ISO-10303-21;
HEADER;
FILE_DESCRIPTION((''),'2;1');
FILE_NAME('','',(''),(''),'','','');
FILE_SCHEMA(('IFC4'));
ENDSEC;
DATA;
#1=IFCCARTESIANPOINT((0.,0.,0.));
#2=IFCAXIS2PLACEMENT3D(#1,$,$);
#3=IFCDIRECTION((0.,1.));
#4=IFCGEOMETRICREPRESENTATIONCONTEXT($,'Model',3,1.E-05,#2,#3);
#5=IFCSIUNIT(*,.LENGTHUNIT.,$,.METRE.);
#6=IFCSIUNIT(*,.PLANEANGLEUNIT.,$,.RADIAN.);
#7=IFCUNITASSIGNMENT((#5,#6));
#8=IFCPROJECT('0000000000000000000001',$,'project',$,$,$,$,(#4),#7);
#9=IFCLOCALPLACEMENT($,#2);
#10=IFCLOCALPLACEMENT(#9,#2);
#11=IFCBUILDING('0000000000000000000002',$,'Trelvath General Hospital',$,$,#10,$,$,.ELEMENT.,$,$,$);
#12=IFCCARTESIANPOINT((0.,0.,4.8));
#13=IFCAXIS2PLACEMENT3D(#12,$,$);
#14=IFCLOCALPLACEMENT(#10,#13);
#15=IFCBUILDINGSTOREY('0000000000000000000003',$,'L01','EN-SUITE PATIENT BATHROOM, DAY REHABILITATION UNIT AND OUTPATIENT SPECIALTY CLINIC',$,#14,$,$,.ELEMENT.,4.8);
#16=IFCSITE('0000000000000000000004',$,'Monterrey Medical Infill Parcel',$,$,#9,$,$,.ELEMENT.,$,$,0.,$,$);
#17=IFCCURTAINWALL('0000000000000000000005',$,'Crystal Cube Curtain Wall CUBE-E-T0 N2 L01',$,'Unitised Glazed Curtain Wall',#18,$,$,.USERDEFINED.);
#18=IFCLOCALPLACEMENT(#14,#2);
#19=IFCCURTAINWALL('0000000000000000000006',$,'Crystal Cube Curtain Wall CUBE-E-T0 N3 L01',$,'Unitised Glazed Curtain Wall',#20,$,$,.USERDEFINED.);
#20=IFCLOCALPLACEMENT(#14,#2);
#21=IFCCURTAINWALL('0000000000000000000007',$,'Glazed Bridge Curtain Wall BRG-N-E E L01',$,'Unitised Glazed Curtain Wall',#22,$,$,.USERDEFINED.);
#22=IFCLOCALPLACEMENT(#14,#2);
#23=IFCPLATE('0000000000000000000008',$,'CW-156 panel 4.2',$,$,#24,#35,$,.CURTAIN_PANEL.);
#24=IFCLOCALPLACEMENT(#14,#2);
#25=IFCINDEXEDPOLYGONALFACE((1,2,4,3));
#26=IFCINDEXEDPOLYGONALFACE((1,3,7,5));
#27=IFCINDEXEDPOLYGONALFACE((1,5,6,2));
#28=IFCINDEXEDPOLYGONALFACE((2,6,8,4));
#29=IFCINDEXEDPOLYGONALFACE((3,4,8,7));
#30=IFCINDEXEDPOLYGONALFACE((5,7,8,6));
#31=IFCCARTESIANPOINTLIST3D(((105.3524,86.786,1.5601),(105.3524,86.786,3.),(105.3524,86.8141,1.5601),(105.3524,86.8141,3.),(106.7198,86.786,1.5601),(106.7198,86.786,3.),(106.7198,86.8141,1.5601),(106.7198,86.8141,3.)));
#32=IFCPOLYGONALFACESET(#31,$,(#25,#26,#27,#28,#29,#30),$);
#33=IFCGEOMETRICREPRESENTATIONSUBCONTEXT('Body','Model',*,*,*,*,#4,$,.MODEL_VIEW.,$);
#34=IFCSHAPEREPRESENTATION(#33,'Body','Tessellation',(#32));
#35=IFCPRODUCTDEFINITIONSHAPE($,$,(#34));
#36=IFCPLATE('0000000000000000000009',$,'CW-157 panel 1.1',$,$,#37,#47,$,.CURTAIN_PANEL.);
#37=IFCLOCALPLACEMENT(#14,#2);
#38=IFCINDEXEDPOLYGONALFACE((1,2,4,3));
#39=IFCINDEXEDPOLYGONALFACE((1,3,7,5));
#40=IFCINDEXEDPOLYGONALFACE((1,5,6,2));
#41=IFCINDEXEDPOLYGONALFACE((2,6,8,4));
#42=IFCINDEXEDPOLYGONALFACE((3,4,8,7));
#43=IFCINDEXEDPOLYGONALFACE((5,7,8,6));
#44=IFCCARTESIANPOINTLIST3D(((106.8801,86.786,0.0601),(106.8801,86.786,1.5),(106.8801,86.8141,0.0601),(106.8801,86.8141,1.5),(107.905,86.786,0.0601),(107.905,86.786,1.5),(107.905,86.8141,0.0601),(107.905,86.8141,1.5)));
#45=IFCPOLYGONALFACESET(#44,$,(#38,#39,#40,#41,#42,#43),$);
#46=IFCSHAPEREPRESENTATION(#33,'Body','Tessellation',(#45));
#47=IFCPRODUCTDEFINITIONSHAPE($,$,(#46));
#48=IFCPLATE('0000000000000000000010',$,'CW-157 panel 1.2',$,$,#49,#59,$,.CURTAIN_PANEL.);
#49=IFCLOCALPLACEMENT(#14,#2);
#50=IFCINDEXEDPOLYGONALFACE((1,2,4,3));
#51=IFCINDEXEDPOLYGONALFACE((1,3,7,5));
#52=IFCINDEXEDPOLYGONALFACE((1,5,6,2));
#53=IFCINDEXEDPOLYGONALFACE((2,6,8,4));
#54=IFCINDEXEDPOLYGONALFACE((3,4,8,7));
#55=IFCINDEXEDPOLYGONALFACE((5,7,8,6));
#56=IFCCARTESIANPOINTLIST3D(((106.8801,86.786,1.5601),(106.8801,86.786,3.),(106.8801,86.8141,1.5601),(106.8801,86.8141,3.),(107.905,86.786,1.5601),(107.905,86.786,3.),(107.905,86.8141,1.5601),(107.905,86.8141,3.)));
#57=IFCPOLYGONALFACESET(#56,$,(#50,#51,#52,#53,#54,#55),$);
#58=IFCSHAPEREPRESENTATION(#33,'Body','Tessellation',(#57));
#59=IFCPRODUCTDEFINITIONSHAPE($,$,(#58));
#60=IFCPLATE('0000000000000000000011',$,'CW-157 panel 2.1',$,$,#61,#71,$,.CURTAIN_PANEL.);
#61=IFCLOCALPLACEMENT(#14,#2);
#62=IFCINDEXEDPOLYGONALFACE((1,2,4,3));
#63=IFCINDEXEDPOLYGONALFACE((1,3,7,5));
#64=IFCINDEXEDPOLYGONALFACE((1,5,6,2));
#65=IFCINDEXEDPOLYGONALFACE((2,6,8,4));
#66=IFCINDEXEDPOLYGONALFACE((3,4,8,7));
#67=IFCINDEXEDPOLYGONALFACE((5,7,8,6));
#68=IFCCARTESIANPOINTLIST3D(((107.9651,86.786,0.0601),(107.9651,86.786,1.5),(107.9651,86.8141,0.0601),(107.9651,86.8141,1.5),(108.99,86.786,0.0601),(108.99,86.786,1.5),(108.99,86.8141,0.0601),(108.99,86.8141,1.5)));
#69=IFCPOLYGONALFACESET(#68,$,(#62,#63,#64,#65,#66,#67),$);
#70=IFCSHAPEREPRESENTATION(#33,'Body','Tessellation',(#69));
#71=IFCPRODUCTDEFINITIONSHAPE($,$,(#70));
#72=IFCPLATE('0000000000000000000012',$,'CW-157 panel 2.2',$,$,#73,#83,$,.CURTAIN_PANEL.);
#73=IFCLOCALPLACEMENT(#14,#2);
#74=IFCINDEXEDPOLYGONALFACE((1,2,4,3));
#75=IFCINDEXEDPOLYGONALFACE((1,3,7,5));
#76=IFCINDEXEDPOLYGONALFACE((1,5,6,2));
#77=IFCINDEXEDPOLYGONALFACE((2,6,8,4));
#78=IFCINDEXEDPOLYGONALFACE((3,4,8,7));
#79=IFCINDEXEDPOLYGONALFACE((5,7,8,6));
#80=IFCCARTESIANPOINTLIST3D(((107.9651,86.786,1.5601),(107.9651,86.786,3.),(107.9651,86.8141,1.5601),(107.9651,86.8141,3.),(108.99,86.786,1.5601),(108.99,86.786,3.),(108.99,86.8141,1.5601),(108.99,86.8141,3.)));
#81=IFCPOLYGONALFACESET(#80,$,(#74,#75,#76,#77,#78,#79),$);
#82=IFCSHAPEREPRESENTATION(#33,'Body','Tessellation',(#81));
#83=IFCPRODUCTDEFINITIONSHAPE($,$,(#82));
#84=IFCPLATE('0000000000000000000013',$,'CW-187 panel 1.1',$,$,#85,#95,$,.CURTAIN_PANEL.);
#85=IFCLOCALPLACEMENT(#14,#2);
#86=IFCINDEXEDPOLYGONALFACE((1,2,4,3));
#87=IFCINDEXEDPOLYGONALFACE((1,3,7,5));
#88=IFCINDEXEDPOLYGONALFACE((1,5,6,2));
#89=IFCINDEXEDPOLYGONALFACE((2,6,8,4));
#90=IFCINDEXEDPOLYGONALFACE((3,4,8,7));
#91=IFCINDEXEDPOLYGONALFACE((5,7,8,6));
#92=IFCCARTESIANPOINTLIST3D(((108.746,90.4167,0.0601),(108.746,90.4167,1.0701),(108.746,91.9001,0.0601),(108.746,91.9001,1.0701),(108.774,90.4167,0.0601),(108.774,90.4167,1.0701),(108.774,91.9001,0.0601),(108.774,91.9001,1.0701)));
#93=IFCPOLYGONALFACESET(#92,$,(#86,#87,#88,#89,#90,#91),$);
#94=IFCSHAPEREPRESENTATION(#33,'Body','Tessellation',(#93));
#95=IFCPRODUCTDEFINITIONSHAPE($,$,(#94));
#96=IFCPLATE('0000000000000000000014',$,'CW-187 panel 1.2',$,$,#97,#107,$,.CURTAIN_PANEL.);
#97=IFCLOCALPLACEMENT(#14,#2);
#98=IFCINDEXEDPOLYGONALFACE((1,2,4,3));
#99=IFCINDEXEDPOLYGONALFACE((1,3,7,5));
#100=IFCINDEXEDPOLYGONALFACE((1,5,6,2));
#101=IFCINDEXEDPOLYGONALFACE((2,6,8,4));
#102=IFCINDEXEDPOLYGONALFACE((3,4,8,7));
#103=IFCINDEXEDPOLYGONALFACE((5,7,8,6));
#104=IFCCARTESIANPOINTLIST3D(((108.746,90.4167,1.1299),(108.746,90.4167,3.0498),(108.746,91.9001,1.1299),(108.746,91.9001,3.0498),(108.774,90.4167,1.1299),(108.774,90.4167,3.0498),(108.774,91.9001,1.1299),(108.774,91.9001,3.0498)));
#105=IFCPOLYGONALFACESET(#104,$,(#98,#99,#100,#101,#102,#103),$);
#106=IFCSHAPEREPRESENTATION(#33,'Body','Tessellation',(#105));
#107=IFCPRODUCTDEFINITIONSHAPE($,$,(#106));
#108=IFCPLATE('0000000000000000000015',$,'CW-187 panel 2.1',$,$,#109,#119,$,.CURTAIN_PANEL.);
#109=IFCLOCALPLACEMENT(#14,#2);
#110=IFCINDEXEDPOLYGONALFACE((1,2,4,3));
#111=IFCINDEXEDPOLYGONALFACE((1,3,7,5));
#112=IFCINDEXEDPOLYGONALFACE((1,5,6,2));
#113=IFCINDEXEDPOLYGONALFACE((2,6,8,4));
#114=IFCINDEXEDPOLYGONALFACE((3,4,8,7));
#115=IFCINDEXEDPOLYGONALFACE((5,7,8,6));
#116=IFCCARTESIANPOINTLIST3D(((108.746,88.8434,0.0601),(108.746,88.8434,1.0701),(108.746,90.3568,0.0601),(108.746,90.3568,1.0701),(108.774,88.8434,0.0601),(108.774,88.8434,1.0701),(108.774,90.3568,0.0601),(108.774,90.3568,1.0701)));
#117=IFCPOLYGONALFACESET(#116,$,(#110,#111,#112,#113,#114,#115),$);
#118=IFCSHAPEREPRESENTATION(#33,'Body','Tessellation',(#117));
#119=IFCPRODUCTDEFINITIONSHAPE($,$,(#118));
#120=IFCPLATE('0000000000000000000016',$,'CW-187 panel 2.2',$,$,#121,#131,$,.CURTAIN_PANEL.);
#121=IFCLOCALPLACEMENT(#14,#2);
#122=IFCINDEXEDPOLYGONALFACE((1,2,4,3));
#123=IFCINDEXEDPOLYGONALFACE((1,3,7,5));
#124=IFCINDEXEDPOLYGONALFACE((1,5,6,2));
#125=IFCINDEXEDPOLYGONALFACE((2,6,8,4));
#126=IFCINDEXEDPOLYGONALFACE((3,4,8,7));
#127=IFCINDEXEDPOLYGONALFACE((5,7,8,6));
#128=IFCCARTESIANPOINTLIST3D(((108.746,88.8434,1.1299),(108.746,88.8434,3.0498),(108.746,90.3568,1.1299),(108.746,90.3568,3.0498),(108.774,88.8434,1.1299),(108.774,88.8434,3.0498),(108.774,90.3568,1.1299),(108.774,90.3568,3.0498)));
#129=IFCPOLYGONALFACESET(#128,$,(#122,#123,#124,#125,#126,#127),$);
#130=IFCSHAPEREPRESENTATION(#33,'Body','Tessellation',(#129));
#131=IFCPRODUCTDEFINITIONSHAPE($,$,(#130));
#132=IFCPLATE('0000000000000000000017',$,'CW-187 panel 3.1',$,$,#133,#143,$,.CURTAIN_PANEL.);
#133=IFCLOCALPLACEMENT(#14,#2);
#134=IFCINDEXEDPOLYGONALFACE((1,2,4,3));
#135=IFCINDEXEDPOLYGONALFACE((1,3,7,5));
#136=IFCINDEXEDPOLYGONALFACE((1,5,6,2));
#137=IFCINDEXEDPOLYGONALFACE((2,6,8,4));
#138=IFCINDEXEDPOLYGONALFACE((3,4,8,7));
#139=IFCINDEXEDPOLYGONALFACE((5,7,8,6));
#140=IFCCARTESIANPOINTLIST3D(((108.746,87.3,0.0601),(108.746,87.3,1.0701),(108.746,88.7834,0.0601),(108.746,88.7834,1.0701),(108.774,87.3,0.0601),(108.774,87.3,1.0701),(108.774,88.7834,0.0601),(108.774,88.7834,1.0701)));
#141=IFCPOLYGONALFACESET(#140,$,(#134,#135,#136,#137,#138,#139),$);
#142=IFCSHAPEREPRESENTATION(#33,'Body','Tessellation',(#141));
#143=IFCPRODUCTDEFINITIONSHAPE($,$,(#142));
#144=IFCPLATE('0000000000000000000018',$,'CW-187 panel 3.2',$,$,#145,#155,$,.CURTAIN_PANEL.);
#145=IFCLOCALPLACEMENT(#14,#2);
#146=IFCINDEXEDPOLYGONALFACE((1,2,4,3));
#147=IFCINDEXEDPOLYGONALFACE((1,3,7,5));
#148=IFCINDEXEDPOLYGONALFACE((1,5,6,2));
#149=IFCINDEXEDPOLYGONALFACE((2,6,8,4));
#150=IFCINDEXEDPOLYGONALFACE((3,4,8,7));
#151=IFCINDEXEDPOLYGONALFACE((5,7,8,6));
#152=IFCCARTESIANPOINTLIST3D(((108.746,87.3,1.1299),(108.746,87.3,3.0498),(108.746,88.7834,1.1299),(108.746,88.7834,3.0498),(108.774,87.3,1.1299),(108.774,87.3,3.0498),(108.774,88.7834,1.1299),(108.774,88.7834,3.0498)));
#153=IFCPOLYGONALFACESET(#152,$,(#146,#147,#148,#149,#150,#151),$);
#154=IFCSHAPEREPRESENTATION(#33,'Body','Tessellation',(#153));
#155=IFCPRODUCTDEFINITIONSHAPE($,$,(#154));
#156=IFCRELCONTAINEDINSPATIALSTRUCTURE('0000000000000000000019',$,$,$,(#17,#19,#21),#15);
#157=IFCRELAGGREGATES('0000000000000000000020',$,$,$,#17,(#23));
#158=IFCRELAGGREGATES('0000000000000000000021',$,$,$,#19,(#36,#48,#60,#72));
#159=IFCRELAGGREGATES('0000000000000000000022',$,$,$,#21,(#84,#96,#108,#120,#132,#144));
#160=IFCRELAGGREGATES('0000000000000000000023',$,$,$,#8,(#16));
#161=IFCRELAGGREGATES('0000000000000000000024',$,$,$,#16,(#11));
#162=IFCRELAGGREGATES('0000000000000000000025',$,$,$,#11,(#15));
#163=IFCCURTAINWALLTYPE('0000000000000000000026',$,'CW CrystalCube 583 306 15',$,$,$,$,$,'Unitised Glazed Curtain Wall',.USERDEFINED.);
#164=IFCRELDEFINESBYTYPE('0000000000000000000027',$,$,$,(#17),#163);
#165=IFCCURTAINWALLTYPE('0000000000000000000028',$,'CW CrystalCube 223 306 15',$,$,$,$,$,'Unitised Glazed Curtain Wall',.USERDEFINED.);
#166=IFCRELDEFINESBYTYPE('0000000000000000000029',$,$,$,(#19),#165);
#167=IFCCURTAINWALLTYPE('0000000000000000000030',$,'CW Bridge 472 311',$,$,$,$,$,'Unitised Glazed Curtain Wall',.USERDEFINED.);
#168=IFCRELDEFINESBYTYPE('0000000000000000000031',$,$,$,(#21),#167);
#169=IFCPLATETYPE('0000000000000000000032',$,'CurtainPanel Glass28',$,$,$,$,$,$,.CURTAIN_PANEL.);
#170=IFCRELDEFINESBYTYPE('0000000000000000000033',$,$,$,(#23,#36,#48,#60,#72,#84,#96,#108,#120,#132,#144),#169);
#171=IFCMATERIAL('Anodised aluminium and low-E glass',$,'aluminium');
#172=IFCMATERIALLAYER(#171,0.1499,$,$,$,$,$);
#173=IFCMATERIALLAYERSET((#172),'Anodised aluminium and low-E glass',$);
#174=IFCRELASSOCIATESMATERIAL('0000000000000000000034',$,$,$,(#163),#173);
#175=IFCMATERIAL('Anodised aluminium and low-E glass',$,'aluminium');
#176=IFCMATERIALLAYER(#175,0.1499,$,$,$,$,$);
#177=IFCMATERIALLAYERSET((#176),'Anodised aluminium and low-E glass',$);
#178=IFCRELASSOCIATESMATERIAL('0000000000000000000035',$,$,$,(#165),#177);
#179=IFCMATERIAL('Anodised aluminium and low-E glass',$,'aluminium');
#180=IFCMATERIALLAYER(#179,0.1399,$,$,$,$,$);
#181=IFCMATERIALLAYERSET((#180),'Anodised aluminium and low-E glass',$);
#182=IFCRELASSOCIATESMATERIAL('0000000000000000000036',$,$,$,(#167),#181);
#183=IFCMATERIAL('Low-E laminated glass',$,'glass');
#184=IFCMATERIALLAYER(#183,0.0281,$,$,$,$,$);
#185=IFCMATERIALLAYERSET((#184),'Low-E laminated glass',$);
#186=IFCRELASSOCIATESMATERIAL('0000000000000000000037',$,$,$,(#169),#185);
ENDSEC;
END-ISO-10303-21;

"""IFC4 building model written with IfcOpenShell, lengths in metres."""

from ifc_helpers import new_model, si_unit, direction, frame, origin, origin_2d, place, context, subcontext, project, spatial, rectangle, extrude, material, layer, layer_set, type_object, element, aggregate, save


model = new_model("IFC4")

# Units and contexts
model_context = context("Model", 3, precision=1e-05, world=origin(), true_north=direction((0.0, 1.0)))
body_context = subcontext(model_context, "Body", "Model", "MODEL_VIEW")
ifc_project = project(units=[si_unit("LENGTHUNIT", "METRE"), si_unit("PLANEANGLEUNIT", "RADIAN")], contexts=[model_context])

# Site, building, storey
site_placement = place(None, origin())
site = spatial("IfcSite", under=ifc_project, at=site_placement, Name="Monterrey Medical Infill Parcel", CompositionType="ELEMENT", RefElevation=0.0)
building_placement = place(site_placement, origin())
building = spatial("IfcBuilding", under=site, at=building_placement, Name="Trelvath General Hospital", CompositionType="ELEMENT")
storey_placement = place(building_placement, frame((0.0, 0.0, 4.8)))
storey = spatial("IfcBuildingStorey", under=building, at=storey_placement, Name="L01", Description="EN-SUITE PATIENT BATHROOM, DAY REHABILITATION UNIT AND OUTPATIENT SPECIALTY CLINIC", CompositionType="ELEMENT", Elevation=4.8)

# Curtain wall
ifc_material_1 = material(Name="Anodised aluminium and low-E glass", Category="aluminium")
ifc_layer_1 = layer(ifc_material_1, 0.1499)
ifc_layer_set_1 = layer_set([ifc_layer_1], Name="Anodised aluminium and low-E glass")
curtain_wall_type_1 = type_object("IfcCurtainWallType", Name="CW CrystalCube 583 306 15", ElementType="Unitised Glazed Curtain Wall", PredefinedType="USERDEFINED", material=ifc_layer_set_1)
curtain_wall_1_placement = place(storey_placement, origin())
curtain_wall_1 = element("IfcCurtainWall", 1, at=curtain_wall_1_placement, inside=storey, type_object=curtain_wall_type_1, Name="Crystal Cube Curtain Wall CUBE-E-T0 N2 L01", ObjectType="Unitised Glazed Curtain Wall", PredefinedType="USERDEFINED")

# Curtain walls
ifc_material_2 = material(Name="Anodised aluminium and low-E glass", Category="aluminium")
ifc_layer_2 = layer(ifc_material_2, 0.1499)
ifc_layer_set_2 = layer_set([ifc_layer_2], Name="Anodised aluminium and low-E glass")
curtain_wall_type_2 = type_object("IfcCurtainWallType", Name="CW CrystalCube 223 306 15", ElementType="Unitised Glazed Curtain Wall", PredefinedType="USERDEFINED", material=ifc_layer_set_2)
curtain_wall_2_placement = place(storey_placement, origin())
curtain_wall_2 = element("IfcCurtainWall", 2, at=curtain_wall_2_placement, inside=storey, type_object=curtain_wall_type_2, Name="Crystal Cube Curtain Wall CUBE-E-T0 N3 L01", ObjectType="Unitised Glazed Curtain Wall", PredefinedType="USERDEFINED")
ifc_material_3 = material(Name="Anodised aluminium and low-E glass", Category="aluminium")
ifc_layer_3 = layer(ifc_material_3, 0.1399)
ifc_layer_set_3 = layer_set([ifc_layer_3], Name="Anodised aluminium and low-E glass")
curtain_wall_type_3 = type_object("IfcCurtainWallType", Name="CW Bridge 472 311", ElementType="Unitised Glazed Curtain Wall", PredefinedType="USERDEFINED", material=ifc_layer_set_3)
curtain_wall_3_placement = place(storey_placement, origin())
curtain_wall_3 = element("IfcCurtainWall", 3, at=curtain_wall_3_placement, inside=storey, type_object=curtain_wall_type_3, Name="Glazed Bridge Curtain Wall BRG-N-E E L01", ObjectType="Unitised Glazed Curtain Wall", PredefinedType="USERDEFINED")

# Plates
ifc_material_4 = material(Name="Low-E laminated glass", Category="glass")
ifc_layer_4 = layer(ifc_material_4, 0.0281)
ifc_layer_set_4 = layer_set([ifc_layer_4], Name="Low-E laminated glass")
plate_type = type_object("IfcPlateType", Name="CurtainPanel Glass28", PredefinedType="CURTAIN_PANEL", material=ifc_layer_set_4)
plate_1_placement = place(storey_placement, frame((106.0361, 86.8, 1.5601), z_axis=(0.0, 0.0, 1.0), x_axis=(1.0, 0.0, 0.0)))
plate_1 = element("IfcPlate", 4, at=plate_1_placement, type_object=plate_type, Name="CW-156 panel 4.2", PredefinedType="CURTAIN_PANEL", context=body_context, shape_type="SweptSolid", body=[
    extrude(rectangle(XDim=1.3674, YDim=0.0281, at=origin_2d()), origin(), (0.0, 0.0, 1.0), 1.4399),
])
aggregate(curtain_wall_1, [plate_1])
plate_2_placement = place(storey_placement, frame((107.3926, 86.8, 0.0601), z_axis=(0.0, 0.0, 1.0), x_axis=(1.0, 0.0, 0.0)))
plate_2 = element("IfcPlate", 5, at=plate_2_placement, type_object=plate_type, Name="CW-157 panel 1.1", PredefinedType="CURTAIN_PANEL", context=body_context, shape_type="SweptSolid", body=[
    extrude(rectangle(XDim=1.0249, YDim=0.0281, at=origin_2d()), origin(), (0.0, 0.0, 1.0), 1.4399),
])
plate_3_placement = place(storey_placement, frame((107.3926, 86.8, 1.5601), z_axis=(0.0, 0.0, 1.0), x_axis=(1.0, 0.0, 0.0)))
plate_3 = element("IfcPlate", 6, at=plate_3_placement, type_object=plate_type, Name="CW-157 panel 1.2", PredefinedType="CURTAIN_PANEL", context=body_context, shape_type="SweptSolid", body=[
    extrude(rectangle(XDim=1.0249, YDim=0.0281, at=origin_2d()), origin(), (0.0, 0.0, 1.0), 1.4399),
])
plate_4_placement = place(storey_placement, frame((108.4775, 86.8, 0.0601), z_axis=(0.0, 0.0, 1.0), x_axis=(1.0, 0.0, 0.0)))
plate_4 = element("IfcPlate", 7, at=plate_4_placement, type_object=plate_type, Name="CW-157 panel 2.1", PredefinedType="CURTAIN_PANEL", context=body_context, shape_type="SweptSolid", body=[
    extrude(rectangle(XDim=1.0249, YDim=0.0281, at=origin_2d()), origin(), (0.0, 0.0, 1.0), 1.4399),
])
plate_5_placement = place(storey_placement, frame((108.4775, 86.8, 1.5601), z_axis=(0.0, 0.0, 1.0), x_axis=(1.0, 0.0, 0.0)))
plate_5 = element("IfcPlate", 8, at=plate_5_placement, type_object=plate_type, Name="CW-157 panel 2.2", PredefinedType="CURTAIN_PANEL", context=body_context, shape_type="SweptSolid", body=[
    extrude(rectangle(XDim=1.0249, YDim=0.0281, at=origin_2d()), origin(), (0.0, 0.0, 1.0), 1.4399),
])
aggregate(curtain_wall_2, [plate_2, plate_3, plate_4, plate_5])
plate_6_placement = place(storey_placement, frame((108.76, 91.1584, 0.0601), z_axis=(0.0, 0.0, 1.0), x_axis=(0.0, -1.0, 0.0)))
plate_6 = element("IfcPlate", 9, at=plate_6_placement, type_object=plate_type, Name="CW-187 panel 1.1", PredefinedType="CURTAIN_PANEL", context=body_context, shape_type="SweptSolid", body=[
    extrude(rectangle(XDim=1.4834, YDim=0.0281, at=origin_2d()), origin(), (0.0, 0.0, 1.0), 1.01),
])
plate_7_placement = place(storey_placement, frame((108.76, 91.1584, 1.1299), z_axis=(0.0, 0.0, 1.0), x_axis=(0.0, -1.0, 0.0)))
plate_7 = element("IfcPlate", 10, at=plate_7_placement, type_object=plate_type, Name="CW-187 panel 1.2", PredefinedType="CURTAIN_PANEL", context=body_context, shape_type="SweptSolid", body=[
    extrude(rectangle(XDim=1.4834, YDim=0.0281, at=origin_2d()), origin(), (0.0, 0.0, 1.0), 1.9199),
])
plate_8_placement = place(storey_placement, frame((108.76, 89.6001, 0.0601), z_axis=(0.0, 0.0, 1.0), x_axis=(0.0, -1.0, 0.0)))
plate_8 = element("IfcPlate", 11, at=plate_8_placement, type_object=plate_type, Name="CW-187 panel 2.1", PredefinedType="CURTAIN_PANEL", context=body_context, shape_type="SweptSolid", body=[
    extrude(rectangle(XDim=1.5134, YDim=0.0281, at=origin_2d()), origin(), (0.0, 0.0, 1.0), 1.01),
])
plate_9_placement = place(storey_placement, frame((108.76, 89.6001, 1.1299), z_axis=(0.0, 0.0, 1.0), x_axis=(0.0, -1.0, 0.0)))
plate_9 = element("IfcPlate", 12, at=plate_9_placement, type_object=plate_type, Name="CW-187 panel 2.2", PredefinedType="CURTAIN_PANEL", context=body_context, shape_type="SweptSolid", body=[
    extrude(rectangle(XDim=1.5134, YDim=0.0281, at=origin_2d()), origin(), (0.0, 0.0, 1.0), 1.9199),
])
plate_10_placement = place(storey_placement, frame((108.76, 88.0417, 0.0601), z_axis=(0.0, 0.0, 1.0), x_axis=(0.0, -1.0, 0.0)))
plate_10 = element("IfcPlate", 13, at=plate_10_placement, type_object=plate_type, Name="CW-187 panel 3.1", PredefinedType="CURTAIN_PANEL", context=body_context, shape_type="SweptSolid", body=[
    extrude(rectangle(XDim=1.4834, YDim=0.0281, at=origin_2d()), origin(), (0.0, 0.0, 1.0), 1.01),
])
plate_11_placement = place(storey_placement, frame((108.76, 88.0417, 1.1299), z_axis=(0.0, 0.0, 1.0), x_axis=(0.0, -1.0, 0.0)))
plate_11 = element("IfcPlate", 14, at=plate_11_placement, type_object=plate_type, Name="CW-187 panel 3.2", PredefinedType="CURTAIN_PANEL", context=body_context, shape_type="SweptSolid", body=[
    extrude(rectangle(XDim=1.4834, YDim=0.0281, at=origin_2d()), origin(), (0.0, 0.0, 1.0), 1.9199),
])
aggregate(curtain_wall_3, [plate_6, plate_7, plate_8, plate_9, plate_10, plate_11])

save(model, "model.ifc")
